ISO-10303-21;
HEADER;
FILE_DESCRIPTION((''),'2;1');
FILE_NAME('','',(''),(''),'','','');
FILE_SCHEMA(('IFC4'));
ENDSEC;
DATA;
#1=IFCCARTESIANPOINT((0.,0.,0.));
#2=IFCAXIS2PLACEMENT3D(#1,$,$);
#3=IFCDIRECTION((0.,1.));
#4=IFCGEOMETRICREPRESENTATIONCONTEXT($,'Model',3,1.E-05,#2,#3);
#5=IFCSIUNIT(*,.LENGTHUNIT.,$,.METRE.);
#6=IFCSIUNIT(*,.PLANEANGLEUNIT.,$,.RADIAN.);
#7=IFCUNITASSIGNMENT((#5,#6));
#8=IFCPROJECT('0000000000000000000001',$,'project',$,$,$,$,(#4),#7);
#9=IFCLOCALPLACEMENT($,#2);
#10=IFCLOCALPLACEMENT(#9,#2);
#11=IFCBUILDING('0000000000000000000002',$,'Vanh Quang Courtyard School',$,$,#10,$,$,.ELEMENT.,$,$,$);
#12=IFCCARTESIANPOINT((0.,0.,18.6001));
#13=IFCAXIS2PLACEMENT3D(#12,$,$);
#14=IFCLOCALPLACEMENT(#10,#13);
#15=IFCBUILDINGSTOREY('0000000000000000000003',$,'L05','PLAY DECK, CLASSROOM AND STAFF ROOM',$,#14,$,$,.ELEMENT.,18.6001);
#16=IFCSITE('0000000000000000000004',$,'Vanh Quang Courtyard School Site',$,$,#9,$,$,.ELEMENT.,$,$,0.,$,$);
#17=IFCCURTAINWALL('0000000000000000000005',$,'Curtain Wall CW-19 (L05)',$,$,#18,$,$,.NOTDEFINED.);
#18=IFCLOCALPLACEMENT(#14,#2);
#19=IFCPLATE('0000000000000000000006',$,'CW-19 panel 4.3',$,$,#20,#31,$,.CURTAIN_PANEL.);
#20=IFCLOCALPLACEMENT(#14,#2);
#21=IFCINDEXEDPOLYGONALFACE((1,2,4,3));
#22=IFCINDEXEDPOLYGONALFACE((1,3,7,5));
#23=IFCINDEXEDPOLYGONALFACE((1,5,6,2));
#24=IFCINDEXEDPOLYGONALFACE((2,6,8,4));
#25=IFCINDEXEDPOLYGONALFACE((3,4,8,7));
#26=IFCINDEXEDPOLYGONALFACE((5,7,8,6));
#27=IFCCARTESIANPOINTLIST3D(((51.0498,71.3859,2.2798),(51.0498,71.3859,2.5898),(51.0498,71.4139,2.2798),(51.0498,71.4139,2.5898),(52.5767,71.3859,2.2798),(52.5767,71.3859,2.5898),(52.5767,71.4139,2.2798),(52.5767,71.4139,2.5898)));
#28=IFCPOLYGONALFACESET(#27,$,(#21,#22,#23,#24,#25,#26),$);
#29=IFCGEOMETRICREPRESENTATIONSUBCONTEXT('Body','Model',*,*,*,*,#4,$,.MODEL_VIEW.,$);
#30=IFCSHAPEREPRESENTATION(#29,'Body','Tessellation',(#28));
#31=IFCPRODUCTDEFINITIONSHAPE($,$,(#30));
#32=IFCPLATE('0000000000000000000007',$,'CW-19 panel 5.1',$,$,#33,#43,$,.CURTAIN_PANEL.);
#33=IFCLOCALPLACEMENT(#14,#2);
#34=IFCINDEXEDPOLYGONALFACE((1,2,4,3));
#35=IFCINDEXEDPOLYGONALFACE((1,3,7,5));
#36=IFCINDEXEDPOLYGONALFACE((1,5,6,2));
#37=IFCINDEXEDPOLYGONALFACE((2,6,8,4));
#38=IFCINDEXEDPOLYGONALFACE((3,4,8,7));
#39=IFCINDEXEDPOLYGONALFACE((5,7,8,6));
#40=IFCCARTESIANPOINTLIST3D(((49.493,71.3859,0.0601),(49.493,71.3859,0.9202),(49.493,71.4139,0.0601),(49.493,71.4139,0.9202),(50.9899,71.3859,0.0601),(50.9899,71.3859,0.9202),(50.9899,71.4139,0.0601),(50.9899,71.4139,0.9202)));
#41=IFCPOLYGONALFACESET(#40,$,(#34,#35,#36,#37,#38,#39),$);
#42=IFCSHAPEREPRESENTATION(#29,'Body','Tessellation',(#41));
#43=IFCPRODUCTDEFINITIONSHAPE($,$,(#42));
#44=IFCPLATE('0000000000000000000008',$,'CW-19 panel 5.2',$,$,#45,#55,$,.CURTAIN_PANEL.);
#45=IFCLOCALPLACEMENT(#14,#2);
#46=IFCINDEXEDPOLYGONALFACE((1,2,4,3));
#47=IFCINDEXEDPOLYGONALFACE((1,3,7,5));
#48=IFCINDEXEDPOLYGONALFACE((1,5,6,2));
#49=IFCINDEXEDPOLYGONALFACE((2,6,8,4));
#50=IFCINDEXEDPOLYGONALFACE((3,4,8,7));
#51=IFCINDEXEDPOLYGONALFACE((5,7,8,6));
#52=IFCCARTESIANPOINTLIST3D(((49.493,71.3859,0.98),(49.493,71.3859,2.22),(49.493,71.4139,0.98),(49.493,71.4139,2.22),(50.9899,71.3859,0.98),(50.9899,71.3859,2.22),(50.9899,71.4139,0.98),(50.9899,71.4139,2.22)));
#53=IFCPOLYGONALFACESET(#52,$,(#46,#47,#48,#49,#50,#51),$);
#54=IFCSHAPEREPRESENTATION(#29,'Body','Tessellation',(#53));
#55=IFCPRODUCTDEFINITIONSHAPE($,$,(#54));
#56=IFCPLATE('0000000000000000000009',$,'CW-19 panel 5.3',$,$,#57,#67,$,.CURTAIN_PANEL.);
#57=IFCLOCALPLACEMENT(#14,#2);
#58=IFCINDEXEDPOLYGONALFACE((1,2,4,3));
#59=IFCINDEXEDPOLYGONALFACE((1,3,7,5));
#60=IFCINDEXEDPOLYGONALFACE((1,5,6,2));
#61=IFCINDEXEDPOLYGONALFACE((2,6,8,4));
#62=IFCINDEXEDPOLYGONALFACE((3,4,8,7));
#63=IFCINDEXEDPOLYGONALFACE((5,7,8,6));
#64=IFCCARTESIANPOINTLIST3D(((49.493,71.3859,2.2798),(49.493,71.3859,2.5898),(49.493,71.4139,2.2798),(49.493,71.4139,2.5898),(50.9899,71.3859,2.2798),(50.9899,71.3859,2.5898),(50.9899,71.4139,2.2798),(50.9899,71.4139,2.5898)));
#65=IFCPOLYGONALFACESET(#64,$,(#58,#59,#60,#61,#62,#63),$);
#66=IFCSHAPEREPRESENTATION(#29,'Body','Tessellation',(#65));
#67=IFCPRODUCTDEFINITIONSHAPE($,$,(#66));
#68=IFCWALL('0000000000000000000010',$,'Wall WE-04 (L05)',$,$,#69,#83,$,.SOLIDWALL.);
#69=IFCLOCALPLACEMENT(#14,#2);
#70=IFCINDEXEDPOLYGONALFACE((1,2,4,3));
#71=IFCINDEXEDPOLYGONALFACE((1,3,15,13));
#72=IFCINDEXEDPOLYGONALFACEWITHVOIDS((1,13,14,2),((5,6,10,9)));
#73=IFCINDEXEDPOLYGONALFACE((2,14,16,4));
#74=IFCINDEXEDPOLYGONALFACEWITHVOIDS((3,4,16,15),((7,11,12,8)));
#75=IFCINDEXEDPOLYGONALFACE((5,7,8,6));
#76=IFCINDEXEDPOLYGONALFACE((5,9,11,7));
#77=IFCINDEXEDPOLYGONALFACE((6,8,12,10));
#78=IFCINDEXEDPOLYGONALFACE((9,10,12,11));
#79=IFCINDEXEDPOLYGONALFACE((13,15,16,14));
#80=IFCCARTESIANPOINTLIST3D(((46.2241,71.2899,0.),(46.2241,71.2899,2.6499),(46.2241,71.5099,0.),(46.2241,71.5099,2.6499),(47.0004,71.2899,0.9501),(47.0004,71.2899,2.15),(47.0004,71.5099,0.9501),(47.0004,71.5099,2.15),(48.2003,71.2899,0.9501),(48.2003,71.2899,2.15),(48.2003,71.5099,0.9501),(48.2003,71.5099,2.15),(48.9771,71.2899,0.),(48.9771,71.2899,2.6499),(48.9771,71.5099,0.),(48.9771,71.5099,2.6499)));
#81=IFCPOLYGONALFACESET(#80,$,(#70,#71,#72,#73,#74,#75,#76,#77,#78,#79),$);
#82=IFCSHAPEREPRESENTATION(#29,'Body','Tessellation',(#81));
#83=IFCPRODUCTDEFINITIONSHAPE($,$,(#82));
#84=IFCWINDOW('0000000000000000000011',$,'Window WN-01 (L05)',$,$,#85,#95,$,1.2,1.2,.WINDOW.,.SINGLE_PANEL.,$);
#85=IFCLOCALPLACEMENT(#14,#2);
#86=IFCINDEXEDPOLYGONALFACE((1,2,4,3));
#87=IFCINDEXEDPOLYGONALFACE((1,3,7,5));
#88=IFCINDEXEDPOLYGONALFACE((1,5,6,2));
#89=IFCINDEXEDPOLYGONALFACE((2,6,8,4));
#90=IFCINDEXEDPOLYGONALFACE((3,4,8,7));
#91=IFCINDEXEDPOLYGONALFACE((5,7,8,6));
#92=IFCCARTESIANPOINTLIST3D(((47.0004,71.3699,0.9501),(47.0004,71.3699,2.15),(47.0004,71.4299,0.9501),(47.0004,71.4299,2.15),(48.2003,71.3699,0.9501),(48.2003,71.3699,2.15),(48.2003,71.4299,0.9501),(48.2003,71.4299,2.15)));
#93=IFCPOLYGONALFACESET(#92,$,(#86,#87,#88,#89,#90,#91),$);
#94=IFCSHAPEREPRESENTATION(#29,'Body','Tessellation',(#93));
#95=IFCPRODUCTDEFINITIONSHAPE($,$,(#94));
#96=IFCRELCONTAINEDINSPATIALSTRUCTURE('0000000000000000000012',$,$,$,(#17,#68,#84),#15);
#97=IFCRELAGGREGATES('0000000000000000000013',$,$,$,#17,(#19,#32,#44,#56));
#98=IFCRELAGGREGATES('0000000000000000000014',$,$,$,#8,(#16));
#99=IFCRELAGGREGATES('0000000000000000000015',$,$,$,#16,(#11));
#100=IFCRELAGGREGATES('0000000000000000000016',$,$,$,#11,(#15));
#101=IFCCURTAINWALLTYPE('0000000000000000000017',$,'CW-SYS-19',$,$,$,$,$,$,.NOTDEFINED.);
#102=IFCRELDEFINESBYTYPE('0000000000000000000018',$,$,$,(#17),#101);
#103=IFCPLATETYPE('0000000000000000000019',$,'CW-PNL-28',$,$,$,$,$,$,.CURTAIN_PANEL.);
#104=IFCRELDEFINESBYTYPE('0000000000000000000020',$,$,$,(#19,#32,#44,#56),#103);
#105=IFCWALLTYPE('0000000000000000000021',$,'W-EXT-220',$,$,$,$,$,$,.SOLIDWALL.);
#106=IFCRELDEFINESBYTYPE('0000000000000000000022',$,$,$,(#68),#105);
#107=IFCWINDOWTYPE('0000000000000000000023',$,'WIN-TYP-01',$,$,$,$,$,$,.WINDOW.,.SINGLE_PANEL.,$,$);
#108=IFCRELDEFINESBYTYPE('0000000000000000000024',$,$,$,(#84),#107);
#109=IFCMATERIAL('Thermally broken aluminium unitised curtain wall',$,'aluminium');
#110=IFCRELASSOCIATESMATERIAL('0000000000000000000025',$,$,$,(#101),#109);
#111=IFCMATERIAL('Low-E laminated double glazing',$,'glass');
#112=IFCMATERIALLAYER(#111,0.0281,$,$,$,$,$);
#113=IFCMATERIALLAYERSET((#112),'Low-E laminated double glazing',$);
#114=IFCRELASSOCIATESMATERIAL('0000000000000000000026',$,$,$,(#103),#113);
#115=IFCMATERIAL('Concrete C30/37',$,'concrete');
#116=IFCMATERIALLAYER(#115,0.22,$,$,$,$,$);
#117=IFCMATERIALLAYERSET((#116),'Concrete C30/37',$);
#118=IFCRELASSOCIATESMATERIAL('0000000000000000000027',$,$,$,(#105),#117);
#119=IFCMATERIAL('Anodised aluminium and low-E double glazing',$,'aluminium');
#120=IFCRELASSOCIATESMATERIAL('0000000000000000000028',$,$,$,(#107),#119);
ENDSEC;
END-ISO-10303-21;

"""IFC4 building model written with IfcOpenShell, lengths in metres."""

from ifc_helpers import new_model, si_unit, direction, frame, frame_2d, origin, origin_2d, place, context, subcontext, project, spatial, rectangle, extrude, material, layer, layer_set, type_object, element, fill, aggregate, save


model = new_model("IFC4")

# Units and contexts
model_context = context("Model", 3, precision=1e-05, world=origin(), true_north=direction((0.0, 1.0)))
body_context = subcontext(model_context, "Body", "Model", "MODEL_VIEW")
ifc_project = project(units=[si_unit("LENGTHUNIT", "METRE"), si_unit("PLANEANGLEUNIT", "RADIAN")], contexts=[model_context])

# Site, building, storey
site_placement = place(None, origin())
site = spatial("IfcSite", under=ifc_project, at=site_placement, Name="Vanh Quang Courtyard School Site", CompositionType="ELEMENT", RefElevation=0.0)
building_placement = place(site_placement, origin())
building = spatial("IfcBuilding", under=site, at=building_placement, Name="Vanh Quang Courtyard School", CompositionType="ELEMENT")
storey_placement = place(building_placement, frame((0.0, 0.0, 18.6001)))
storey = spatial("IfcBuildingStorey", under=building, at=storey_placement, Name="L05", Description="PLAY DECK, CLASSROOM AND STAFF ROOM", CompositionType="ELEMENT", Elevation=18.6001)

# Curtain wall, plates
ifc_material_1 = material(Name="Thermally broken aluminium unitised curtain wall", Category="aluminium")
curtain_wall_type = type_object("IfcCurtainWallType", Name="CW-SYS-19", PredefinedType="NOTDEFINED", material=ifc_material_1)
curtain_wall_placement = place(storey_placement, origin())
curtain_wall = element("IfcCurtainWall", 1, at=curtain_wall_placement, inside=storey, type_object=curtain_wall_type, Name="Curtain Wall CW-19 (L05)", PredefinedType="NOTDEFINED")
ifc_material_2 = material(Name="Low-E laminated double glazing", Category="glass")
ifc_layer_1 = layer(ifc_material_2, 0.0281)
ifc_layer_set_1 = layer_set([ifc_layer_1], Name="Low-E laminated double glazing")
plate_type = type_object("IfcPlateType", Name="CW-PNL-28", PredefinedType="CURTAIN_PANEL", material=ifc_layer_set_1)
plate_1_placement = place(storey_placement, frame((51.8132, 71.3999, 2.2798), z_axis=(0.0, 0.0, 1.0), x_axis=(-1.0, 0.0, 0.0)))
plate_1 = element("IfcPlate", 2, at=plate_1_placement, type_object=plate_type, Name="CW-19 panel 4.3", PredefinedType="CURTAIN_PANEL", context=body_context, shape_type="SweptSolid", body=[
    extrude(rectangle(XDim=1.5269, YDim=0.0281, at=origin_2d()), origin(), (0.0, 0.0, 1.0), 0.3101),
])
plate_2_placement = place(storey_placement, frame((50.2415, 71.3999, 0.0601), z_axis=(0.0, 0.0, 1.0), x_axis=(-1.0, 0.0, 0.0)))
plate_2 = element("IfcPlate", 3, at=plate_2_placement, type_object=plate_type, Name="CW-19 panel 5.1", PredefinedType="CURTAIN_PANEL", context=body_context, shape_type="SweptSolid", body=[
    extrude(rectangle(XDim=1.4968, YDim=0.0281, at=origin_2d()), origin(), (0.0, 0.0, 1.0), 0.8601),
])
plate_3_placement = place(storey_placement, frame((50.2415, 71.3999, 0.98), z_axis=(0.0, 0.0, 1.0), x_axis=(-1.0, 0.0, 0.0)))
plate_3 = element("IfcPlate", 4, at=plate_3_placement, type_object=plate_type, Name="CW-19 panel 5.2", PredefinedType="CURTAIN_PANEL", context=body_context, shape_type="SweptSolid", body=[
    extrude(rectangle(XDim=1.4968, YDim=0.0281, at=origin_2d()), origin(), (0.0, 0.0, 1.0), 1.24),
])
plate_4_placement = place(storey_placement, frame((50.2415, 71.3999, 2.2798), z_axis=(0.0, 0.0, 1.0), x_axis=(-1.0, 0.0, 0.0)))
plate_4 = element("IfcPlate", 5, at=plate_4_placement, type_object=plate_type, Name="CW-19 panel 5.3", PredefinedType="CURTAIN_PANEL", context=body_context, shape_type="SweptSolid", body=[
    extrude(rectangle(XDim=1.4968, YDim=0.0281, at=origin_2d()), origin(), (0.0, 0.0, 1.0), 0.3101),
])
aggregate(curtain_wall, [plate_1, plate_2, plate_3, plate_4])

# Wall, opening, window
ifc_material_3 = material(Name="Concrete C30/37", Category="concrete")
ifc_layer_2 = layer(ifc_material_3, 0.22)
ifc_layer_set_2 = layer_set([ifc_layer_2], Name="Concrete C30/37")
wall_type = type_object("IfcWallType", Name="W-EXT-220", PredefinedType="SOLIDWALL", material=ifc_layer_set_2)
wall_placement = place(storey_placement, frame((48.9771, 71.3999, 0.0), z_axis=(0.0, 0.0, 1.0), x_axis=(-1.0, 0.0, 0.0)))
wall = element("IfcWall", 6, at=wall_placement, inside=storey, type_object=wall_type, Name="Wall WE-04 (L05)", PredefinedType="SOLIDWALL", context=body_context, shape_type="SweptSolid", body=[
    extrude(rectangle(XDim=2.7529, YDim=0.22, at=frame_2d((1.3765, 0.0))), origin(), (0.0, 0.0, 1.0), 2.6499),
])
opening_placement = place(wall_placement, frame((0.7766, 0.0, 0.95)))
opening = element("IfcOpeningElement", 7, at=opening_placement, cuts=wall, PredefinedType="OPENING", context=body_context, shape_type="SweptSolid", body=[
    extrude(rectangle(XDim=1.2, YDim=1.2, at=frame_2d((0.6001, 0.6001))), frame((0.0, 0.1201, 0.0), z_axis=(0.0, -1.0, 0.0), x_axis=(1.0, 0.0, 0.0)), (0.0, 0.0, 1.0), 0.24),
])
ifc_material_4 = material(Name="Anodised aluminium and low-E double glazing", Category="aluminium")
window_type = type_object("IfcWindowType", Name="WIN-TYP-01", PartitioningType="SINGLE_PANEL", PredefinedType="WINDOW", material=ifc_material_4)
window_placement = place(opening_placement, origin())
window = element("IfcWindow", 8, at=window_placement, inside=storey, type_object=window_type, Name="Window WN-01 (L05)", OverallHeight=1.2, OverallWidth=1.2, PartitioningType="SINGLE_PANEL", PredefinedType="WINDOW", context=body_context, shape_type="SweptSolid", body=[
    extrude(rectangle(XDim=1.2, YDim=1.2, at=frame_2d((0.6001, 0.6001))), frame((0.0, 0.03, 0.0), z_axis=(0.0, -1.0, 0.0), x_axis=(1.0, 0.0, 0.0)), (0.0, 0.0, 1.0), 0.0601),
])
fill(opening, window)

save(model, "model.ifc")
